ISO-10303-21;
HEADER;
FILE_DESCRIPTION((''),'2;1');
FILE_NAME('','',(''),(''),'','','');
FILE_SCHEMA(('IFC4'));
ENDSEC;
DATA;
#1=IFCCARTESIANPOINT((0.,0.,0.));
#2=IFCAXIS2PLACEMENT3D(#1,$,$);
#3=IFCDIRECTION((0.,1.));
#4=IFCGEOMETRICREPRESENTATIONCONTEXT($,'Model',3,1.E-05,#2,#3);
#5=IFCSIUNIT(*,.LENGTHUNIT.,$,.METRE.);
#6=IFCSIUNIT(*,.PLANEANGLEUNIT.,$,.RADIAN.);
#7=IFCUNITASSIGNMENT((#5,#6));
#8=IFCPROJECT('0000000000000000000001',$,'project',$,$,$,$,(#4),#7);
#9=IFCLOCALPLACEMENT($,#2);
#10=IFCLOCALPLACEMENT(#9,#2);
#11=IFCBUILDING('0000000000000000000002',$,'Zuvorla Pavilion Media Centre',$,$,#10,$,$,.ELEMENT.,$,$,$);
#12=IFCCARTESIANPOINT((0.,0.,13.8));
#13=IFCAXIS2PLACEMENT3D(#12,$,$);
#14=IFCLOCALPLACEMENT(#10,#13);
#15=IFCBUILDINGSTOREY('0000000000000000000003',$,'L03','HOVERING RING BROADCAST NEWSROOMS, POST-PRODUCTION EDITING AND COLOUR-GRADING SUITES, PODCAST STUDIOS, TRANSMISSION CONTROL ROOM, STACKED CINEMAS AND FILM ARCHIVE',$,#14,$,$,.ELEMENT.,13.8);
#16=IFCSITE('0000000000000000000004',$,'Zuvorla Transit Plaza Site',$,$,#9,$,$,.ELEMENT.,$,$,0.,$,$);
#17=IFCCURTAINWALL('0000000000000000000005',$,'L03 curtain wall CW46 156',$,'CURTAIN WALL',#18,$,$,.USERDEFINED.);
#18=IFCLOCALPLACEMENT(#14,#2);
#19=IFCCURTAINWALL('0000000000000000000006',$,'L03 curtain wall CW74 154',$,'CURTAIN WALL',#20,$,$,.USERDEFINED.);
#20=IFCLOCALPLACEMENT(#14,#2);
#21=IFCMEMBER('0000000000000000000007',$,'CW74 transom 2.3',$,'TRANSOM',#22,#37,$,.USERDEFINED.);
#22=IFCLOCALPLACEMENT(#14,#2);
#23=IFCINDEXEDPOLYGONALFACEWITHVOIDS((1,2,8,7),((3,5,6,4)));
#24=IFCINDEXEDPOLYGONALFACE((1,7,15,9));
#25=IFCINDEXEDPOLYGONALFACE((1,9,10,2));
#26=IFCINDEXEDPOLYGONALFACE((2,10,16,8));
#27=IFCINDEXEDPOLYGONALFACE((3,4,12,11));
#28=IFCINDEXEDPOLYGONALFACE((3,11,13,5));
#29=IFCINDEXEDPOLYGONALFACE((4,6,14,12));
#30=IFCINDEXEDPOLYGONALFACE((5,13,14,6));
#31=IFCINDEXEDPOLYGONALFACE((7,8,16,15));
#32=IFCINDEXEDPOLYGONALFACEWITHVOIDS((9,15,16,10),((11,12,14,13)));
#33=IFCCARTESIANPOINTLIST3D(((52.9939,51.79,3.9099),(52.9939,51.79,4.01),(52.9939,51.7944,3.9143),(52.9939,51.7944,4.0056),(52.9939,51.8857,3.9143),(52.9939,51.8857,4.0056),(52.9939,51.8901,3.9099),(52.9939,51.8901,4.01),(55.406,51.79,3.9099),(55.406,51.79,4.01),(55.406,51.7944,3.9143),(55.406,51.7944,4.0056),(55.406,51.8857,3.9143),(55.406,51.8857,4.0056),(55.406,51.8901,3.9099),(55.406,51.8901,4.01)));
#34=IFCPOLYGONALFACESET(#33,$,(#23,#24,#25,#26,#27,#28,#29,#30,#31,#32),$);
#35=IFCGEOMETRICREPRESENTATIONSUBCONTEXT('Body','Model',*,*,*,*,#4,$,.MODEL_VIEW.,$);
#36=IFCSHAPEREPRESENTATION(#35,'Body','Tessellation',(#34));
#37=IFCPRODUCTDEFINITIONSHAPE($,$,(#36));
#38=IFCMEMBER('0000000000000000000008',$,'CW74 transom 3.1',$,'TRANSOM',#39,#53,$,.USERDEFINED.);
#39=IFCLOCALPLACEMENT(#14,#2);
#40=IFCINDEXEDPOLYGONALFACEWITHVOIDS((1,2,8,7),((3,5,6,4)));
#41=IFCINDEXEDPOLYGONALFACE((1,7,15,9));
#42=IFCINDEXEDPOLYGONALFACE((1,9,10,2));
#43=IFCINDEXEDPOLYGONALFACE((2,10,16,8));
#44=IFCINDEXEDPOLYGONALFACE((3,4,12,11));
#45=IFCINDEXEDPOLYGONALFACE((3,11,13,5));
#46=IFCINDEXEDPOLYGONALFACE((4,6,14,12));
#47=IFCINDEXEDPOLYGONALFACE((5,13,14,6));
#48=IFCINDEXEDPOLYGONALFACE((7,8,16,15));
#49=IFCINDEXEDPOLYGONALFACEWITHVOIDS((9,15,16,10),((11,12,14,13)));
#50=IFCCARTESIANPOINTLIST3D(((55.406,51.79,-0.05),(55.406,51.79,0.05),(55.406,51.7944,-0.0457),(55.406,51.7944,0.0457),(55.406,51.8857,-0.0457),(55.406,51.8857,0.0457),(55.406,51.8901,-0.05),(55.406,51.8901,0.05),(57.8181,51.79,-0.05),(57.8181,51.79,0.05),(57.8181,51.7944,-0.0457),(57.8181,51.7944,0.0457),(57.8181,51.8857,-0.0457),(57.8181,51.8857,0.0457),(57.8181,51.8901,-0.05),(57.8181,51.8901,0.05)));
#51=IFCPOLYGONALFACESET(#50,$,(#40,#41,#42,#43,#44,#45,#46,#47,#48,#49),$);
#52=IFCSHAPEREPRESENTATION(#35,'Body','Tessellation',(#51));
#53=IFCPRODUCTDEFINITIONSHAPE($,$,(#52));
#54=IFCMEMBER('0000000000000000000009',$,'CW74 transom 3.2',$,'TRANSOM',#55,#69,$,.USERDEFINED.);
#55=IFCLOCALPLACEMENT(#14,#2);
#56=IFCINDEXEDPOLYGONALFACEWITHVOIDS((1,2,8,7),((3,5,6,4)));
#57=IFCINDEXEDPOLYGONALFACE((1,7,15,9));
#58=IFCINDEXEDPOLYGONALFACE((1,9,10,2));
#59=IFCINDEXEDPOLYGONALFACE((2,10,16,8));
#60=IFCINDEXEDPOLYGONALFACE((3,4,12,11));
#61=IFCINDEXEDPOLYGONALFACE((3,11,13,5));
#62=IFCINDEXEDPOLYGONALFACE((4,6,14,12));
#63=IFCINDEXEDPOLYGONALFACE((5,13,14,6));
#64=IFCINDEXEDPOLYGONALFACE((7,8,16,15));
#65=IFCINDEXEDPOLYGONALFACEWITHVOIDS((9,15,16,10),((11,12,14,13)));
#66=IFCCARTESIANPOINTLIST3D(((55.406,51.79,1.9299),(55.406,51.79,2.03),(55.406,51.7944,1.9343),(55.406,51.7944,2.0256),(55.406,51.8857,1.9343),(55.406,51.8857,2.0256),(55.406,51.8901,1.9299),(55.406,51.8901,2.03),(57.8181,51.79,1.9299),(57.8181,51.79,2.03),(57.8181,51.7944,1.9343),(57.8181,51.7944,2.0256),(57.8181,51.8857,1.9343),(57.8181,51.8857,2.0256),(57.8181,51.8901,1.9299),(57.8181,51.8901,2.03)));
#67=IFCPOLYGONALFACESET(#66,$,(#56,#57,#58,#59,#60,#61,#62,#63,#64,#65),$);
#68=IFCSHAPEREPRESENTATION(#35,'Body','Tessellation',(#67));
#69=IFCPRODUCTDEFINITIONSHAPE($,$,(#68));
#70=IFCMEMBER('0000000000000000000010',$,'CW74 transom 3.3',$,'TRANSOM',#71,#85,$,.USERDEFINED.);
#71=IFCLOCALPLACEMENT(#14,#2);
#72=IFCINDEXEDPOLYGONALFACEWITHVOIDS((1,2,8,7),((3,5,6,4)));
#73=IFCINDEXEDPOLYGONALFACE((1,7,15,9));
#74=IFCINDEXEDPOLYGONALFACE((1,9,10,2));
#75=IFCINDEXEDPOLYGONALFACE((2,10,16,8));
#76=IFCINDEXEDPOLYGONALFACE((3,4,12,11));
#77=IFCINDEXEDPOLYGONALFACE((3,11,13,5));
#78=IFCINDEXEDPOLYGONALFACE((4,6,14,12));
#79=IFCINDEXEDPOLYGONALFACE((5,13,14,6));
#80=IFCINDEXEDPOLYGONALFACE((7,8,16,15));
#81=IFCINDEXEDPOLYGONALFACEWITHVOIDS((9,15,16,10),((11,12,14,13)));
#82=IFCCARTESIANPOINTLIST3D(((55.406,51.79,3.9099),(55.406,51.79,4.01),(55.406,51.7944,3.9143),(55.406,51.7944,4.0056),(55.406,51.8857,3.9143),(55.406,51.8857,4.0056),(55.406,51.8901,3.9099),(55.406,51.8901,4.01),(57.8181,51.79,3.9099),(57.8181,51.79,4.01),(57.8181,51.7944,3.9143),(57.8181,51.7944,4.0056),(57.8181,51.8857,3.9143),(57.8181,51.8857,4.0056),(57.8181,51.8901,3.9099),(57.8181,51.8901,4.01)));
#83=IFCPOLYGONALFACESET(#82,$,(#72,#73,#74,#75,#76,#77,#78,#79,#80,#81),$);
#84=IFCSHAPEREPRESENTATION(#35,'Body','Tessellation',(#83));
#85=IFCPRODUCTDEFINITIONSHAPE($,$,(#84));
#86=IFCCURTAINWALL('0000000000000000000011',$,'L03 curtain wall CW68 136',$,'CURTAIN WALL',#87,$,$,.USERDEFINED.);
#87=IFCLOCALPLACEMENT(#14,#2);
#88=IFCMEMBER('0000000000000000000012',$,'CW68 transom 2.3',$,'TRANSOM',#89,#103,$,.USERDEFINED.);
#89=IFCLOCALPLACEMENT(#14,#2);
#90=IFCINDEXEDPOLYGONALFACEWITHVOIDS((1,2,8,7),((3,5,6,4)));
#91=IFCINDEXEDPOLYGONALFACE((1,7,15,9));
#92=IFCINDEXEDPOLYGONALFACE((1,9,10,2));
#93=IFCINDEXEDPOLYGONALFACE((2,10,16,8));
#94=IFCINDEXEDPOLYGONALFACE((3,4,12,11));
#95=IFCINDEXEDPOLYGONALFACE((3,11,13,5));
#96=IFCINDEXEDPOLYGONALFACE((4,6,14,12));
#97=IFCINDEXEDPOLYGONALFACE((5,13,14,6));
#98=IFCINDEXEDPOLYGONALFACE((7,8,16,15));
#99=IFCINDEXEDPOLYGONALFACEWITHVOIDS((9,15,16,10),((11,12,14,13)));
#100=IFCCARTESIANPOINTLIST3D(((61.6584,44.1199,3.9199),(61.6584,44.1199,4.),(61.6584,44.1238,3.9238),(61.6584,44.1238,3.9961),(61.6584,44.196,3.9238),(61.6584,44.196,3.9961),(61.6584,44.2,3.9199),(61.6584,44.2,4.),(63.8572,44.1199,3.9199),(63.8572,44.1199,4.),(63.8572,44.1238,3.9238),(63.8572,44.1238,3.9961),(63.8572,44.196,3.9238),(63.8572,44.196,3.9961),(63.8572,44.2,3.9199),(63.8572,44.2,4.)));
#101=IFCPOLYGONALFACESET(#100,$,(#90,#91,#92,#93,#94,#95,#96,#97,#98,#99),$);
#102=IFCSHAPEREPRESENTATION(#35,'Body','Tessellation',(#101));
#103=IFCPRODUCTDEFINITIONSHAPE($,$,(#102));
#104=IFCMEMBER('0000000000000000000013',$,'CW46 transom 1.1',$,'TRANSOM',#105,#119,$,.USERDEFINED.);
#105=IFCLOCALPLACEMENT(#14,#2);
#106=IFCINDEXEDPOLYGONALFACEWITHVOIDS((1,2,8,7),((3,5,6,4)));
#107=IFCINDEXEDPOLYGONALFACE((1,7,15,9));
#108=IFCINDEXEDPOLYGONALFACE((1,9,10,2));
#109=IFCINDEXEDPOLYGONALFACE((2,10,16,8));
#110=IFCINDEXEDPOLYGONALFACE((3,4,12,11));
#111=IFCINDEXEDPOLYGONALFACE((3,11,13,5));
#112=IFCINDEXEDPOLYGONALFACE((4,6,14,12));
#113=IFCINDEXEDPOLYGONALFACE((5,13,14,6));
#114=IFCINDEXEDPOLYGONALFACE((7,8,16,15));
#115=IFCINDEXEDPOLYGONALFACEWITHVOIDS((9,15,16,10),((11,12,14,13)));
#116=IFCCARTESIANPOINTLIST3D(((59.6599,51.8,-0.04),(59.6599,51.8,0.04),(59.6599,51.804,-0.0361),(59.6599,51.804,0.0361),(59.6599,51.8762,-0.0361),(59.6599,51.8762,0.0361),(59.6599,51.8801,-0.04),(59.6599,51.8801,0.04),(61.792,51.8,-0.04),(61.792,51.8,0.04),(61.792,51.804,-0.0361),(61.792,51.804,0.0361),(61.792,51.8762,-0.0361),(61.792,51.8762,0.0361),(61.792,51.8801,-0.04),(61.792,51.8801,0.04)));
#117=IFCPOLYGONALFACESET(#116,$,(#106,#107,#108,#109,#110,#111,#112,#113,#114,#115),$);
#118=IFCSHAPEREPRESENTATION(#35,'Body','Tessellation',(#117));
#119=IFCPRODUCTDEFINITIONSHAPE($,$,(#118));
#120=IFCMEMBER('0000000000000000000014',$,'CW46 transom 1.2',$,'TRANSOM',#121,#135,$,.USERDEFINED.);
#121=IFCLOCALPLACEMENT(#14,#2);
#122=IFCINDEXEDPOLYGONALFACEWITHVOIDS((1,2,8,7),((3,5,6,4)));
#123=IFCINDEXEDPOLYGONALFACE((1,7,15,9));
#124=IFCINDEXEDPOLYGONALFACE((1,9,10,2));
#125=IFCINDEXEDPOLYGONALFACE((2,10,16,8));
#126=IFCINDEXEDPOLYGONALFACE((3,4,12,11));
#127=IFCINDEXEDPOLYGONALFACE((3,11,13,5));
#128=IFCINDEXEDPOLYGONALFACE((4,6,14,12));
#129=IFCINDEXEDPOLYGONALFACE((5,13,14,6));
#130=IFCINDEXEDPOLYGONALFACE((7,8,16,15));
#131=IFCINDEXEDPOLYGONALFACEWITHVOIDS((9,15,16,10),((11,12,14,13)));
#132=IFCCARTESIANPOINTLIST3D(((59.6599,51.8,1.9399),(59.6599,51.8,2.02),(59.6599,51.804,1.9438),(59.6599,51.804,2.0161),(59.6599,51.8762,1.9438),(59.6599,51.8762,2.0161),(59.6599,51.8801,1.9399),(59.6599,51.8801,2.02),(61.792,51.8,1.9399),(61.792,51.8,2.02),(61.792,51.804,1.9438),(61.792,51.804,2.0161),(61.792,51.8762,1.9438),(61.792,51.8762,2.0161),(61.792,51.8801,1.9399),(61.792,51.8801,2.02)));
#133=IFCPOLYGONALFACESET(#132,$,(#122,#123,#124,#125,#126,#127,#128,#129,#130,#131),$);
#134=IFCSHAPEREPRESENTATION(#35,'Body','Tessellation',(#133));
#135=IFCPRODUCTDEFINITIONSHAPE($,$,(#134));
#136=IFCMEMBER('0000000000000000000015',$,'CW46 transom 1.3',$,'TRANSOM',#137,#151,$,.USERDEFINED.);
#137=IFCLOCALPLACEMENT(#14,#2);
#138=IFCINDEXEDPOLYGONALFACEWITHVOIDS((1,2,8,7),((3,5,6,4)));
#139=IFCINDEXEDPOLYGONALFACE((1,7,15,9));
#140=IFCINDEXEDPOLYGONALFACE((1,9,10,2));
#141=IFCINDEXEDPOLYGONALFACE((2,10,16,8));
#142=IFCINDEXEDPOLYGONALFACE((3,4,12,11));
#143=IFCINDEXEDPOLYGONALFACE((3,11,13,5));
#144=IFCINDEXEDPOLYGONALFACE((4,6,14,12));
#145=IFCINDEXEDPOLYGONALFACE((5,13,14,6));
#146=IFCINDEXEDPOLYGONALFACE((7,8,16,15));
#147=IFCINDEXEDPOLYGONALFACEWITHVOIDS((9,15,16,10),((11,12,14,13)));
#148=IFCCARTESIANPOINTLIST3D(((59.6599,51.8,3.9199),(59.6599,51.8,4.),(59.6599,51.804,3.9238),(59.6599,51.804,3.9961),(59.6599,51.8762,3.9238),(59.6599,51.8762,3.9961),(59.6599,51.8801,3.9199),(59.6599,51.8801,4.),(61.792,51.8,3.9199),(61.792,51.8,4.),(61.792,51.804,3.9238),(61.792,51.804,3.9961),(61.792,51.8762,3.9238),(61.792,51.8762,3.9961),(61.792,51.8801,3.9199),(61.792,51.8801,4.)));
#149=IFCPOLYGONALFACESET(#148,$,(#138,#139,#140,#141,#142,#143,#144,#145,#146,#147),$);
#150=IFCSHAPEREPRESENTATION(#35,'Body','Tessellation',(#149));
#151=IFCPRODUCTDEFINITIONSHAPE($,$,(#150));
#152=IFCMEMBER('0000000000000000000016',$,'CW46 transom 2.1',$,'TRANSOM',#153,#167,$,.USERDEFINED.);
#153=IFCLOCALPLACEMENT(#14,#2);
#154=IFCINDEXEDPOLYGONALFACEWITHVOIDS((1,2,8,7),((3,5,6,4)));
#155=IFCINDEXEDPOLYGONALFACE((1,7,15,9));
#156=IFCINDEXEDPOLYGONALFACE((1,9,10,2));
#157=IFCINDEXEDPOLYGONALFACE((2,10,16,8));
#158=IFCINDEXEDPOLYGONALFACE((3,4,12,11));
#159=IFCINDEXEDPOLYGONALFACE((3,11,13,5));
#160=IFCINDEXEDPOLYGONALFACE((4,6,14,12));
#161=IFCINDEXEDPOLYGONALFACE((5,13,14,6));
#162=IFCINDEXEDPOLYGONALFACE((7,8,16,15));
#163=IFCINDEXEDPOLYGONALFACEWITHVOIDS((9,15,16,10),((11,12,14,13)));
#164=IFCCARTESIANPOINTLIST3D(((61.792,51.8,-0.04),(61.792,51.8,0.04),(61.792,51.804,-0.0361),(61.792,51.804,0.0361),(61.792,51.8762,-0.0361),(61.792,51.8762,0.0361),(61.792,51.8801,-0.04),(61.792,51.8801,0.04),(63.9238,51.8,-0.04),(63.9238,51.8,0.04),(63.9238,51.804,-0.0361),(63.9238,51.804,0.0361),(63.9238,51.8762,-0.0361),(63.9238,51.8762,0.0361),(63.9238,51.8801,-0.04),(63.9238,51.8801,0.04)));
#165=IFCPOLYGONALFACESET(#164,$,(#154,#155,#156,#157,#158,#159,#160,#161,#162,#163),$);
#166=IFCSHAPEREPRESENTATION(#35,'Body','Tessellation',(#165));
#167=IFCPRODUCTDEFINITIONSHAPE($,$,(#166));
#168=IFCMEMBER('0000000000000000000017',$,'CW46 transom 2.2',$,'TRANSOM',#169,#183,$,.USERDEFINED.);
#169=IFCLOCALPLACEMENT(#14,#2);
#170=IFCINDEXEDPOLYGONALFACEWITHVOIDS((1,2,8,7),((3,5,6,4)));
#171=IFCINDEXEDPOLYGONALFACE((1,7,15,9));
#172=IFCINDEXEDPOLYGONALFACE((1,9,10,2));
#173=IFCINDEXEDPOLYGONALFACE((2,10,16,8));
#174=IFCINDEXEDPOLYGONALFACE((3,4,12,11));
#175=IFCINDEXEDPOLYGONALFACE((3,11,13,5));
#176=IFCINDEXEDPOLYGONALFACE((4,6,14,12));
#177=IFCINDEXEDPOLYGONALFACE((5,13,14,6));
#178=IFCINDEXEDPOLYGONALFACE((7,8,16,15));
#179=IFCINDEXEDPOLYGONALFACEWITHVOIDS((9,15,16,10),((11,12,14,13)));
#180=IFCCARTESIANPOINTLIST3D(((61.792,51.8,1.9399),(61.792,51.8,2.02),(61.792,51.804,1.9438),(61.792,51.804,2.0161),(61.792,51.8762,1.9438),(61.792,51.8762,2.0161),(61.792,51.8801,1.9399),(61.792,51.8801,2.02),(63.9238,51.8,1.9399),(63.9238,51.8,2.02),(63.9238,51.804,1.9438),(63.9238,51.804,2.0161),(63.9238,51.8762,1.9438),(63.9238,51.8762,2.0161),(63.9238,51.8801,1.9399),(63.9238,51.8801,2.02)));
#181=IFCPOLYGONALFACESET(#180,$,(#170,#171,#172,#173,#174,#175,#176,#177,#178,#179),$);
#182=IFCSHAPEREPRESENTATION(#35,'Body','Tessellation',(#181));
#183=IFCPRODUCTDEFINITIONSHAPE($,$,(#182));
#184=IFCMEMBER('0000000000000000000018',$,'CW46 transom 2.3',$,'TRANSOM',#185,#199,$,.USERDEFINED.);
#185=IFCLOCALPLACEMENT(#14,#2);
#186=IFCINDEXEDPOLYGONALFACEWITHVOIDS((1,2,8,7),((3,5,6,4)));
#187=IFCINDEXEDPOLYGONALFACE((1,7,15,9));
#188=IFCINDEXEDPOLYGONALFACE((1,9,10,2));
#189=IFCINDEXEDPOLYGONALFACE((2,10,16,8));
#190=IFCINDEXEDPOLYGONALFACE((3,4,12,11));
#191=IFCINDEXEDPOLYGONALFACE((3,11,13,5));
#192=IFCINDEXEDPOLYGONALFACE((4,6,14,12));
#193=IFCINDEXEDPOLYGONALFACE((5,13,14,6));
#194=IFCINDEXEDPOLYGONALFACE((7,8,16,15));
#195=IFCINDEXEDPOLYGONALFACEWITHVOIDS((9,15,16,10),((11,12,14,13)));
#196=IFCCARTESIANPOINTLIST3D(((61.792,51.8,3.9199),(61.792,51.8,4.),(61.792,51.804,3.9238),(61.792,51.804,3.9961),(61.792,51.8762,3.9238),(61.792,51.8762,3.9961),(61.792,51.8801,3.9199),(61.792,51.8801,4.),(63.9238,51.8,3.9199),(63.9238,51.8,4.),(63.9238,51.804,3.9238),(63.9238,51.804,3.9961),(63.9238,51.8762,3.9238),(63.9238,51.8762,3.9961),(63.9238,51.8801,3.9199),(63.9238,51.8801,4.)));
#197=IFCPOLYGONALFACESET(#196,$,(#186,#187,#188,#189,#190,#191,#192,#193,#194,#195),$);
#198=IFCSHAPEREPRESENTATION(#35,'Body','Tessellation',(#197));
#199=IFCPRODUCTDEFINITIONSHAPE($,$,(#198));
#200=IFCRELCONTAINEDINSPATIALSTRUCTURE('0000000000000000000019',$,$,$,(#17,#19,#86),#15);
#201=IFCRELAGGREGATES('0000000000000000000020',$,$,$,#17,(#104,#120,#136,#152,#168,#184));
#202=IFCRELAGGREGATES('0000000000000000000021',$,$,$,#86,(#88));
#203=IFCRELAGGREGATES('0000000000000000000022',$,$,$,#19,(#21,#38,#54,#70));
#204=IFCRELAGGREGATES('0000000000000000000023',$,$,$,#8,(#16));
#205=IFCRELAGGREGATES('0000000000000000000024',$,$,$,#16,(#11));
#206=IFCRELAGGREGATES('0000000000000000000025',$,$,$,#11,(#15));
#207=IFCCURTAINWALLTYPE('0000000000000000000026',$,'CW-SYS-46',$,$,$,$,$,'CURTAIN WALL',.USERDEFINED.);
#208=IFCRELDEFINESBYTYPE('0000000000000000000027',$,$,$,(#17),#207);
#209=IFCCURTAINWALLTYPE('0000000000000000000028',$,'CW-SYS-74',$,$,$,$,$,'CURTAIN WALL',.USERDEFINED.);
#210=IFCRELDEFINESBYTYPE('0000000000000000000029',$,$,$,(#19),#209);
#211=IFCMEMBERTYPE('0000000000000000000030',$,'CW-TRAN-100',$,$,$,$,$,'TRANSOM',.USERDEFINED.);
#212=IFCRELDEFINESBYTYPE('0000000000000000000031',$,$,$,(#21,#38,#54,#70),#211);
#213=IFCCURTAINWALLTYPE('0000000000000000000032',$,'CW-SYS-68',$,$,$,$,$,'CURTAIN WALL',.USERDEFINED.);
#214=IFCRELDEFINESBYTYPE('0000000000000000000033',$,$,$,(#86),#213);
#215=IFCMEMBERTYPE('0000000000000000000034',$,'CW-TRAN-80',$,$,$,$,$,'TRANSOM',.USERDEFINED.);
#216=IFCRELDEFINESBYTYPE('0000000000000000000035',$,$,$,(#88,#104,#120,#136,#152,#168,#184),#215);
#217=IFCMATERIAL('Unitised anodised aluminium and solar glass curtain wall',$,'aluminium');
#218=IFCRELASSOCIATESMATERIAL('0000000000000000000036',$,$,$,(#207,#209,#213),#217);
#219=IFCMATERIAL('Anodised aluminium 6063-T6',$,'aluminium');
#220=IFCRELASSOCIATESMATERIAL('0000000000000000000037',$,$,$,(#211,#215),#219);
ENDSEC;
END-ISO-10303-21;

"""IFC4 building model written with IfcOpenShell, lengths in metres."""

from ifc_helpers import new_model, si_unit, direction, frame, origin, origin_2d, place, context, subcontext, project, spatial, hollow_rectangle, extrude, material, material_profile, profile_set, type_object, element, aggregate, save


model = new_model("IFC4")

# Units and contexts
model_context = context("Model", 3, precision=1e-05, world=origin(), true_north=direction((0.0, 1.0)))
body_context = subcontext(model_context, "Body", "Model", "MODEL_VIEW")
ifc_project = project(units=[si_unit("LENGTHUNIT", "METRE"), si_unit("PLANEANGLEUNIT", "RADIAN")], contexts=[model_context])

# Site, building, storey
site_placement = place(None, origin())
site = spatial("IfcSite", under=ifc_project, at=site_placement, Name="Zuvorla Transit Plaza Site", CompositionType="ELEMENT", RefElevation=0.0)
building_placement = place(site_placement, origin())
building = spatial("IfcBuilding", under=site, at=building_placement, Name="Zuvorla Pavilion Media Centre", CompositionType="ELEMENT")
storey_placement = place(building_placement, frame((0.0, 0.0, 13.8)))
storey = spatial("IfcBuildingStorey", under=building, at=storey_placement, Name="L03", Description="HOVERING RING BROADCAST NEWSROOMS, POST-PRODUCTION EDITING AND COLOUR-GRADING SUITES, PODCAST STUDIOS, TRANSMISSION CONTROL ROOM, STACKED CINEMAS AND FILM ARCHIVE", CompositionType="ELEMENT", Elevation=13.8)

# Curtain walls, members
ifc_material_1 = material(Name="Unitised anodised aluminium and solar glass curtain wall", Category="aluminium")
curtain_wall_type_1 = type_object("IfcCurtainWallType", Name="CW-SYS-46", ElementType="CURTAIN WALL", PredefinedType="USERDEFINED", material=ifc_material_1)
curtain_wall_1_placement = place(storey_placement, origin())
curtain_wall_1 = element("IfcCurtainWall", 1, at=curtain_wall_1_placement, inside=storey, type_object=curtain_wall_type_1, Name="L03 curtain wall CW46 156", ObjectType="CURTAIN WALL", PredefinedType="USERDEFINED")
ifc_material_2 = material(Name="Anodised aluminium 6063-T6", Category="aluminium")
curtain_wall_type_2 = type_object("IfcCurtainWallType", Name="CW-SYS-74", ElementType="CURTAIN WALL", PredefinedType="USERDEFINED", material=ifc_material_1)
curtain_wall_2_placement = place(storey_placement, origin())
curtain_wall_2 = element("IfcCurtainWall", 2, at=curtain_wall_2_placement, inside=storey, type_object=curtain_wall_type_2, Name="L03 curtain wall CW74 154", ObjectType="CURTAIN WALL", PredefinedType="USERDEFINED")
ifc_material_profile_1 = material_profile(ifc_material_2, hollow_rectangle(XDim=0.1001, YDim=0.1001, WallThickness=0.0044, at=origin_2d()), Name="ALU TRAN 100x100")
ifc_profile_set_1 = profile_set([ifc_material_profile_1], Name="Anodised aluminium 6063-T6")
member_type_1 = type_object("IfcMemberType", Name="CW-TRAN-100", ElementType="TRANSOM", PredefinedType="USERDEFINED", material=ifc_profile_set_1)
member_1_placement = place(storey_placement, frame((52.9939, 51.8401, 3.96), z_axis=(1.0, 0.0, 0.0), x_axis=(0.0, 1.0, 0.0)))
member_1 = element("IfcMember", 3, at=member_1_placement, type_object=member_type_1, Name="CW74 transom 2.3", ObjectType="TRANSOM", PredefinedType="USERDEFINED", context=body_context, shape_type="SweptSolid", body=[
    extrude(hollow_rectangle(XDim=0.1001, YDim=0.1001, WallThickness=0.0044, at=origin_2d()), origin(), (0.0, 0.0, 1.0), 2.4121),
])
member_2_placement = place(storey_placement, frame((55.406, 51.8401, 0.0), z_axis=(1.0, 0.0, 0.0), x_axis=(0.0, 1.0, 0.0)))
member_2 = element("IfcMember", 4, at=member_2_placement, type_object=member_type_1, Name="CW74 transom 3.1", ObjectType="TRANSOM", PredefinedType="USERDEFINED", context=body_context, shape_type="SweptSolid", body=[
    extrude(hollow_rectangle(XDim=0.1001, YDim=0.1001, WallThickness=0.0044, at=origin_2d()), origin(), (0.0, 0.0, 1.0), 2.4121),
])
member_3_placement = place(storey_placement, frame((55.406, 51.8401, 1.98), z_axis=(1.0, 0.0, 0.0), x_axis=(0.0, 1.0, 0.0)))
member_3 = element("IfcMember", 5, at=member_3_placement, type_object=member_type_1, Name="CW74 transom 3.2", ObjectType="TRANSOM", PredefinedType="USERDEFINED", context=body_context, shape_type="SweptSolid", body=[
    extrude(hollow_rectangle(XDim=0.1001, YDim=0.1001, WallThickness=0.0044, at=origin_2d()), origin(), (0.0, 0.0, 1.0), 2.4121),
])
member_4_placement = place(storey_placement, frame((55.406, 51.8401, 3.96), z_axis=(1.0, 0.0, 0.0), x_axis=(0.0, 1.0, 0.0)))
member_4 = element("IfcMember", 6, at=member_4_placement, type_object=member_type_1, Name="CW74 transom 3.3", ObjectType="TRANSOM", PredefinedType="USERDEFINED", context=body_context, shape_type="SweptSolid", body=[
    extrude(hollow_rectangle(XDim=0.1001, YDim=0.1001, WallThickness=0.0044, at=origin_2d()), origin(), (0.0, 0.0, 1.0), 2.4121),
])

# Curtain wall, member
curtain_wall_type_3 = type_object("IfcCurtainWallType", Name="CW-SYS-68", ElementType="CURTAIN WALL", PredefinedType="USERDEFINED", material=ifc_material_1)
curtain_wall_3_placement = place(storey_placement, origin())
curtain_wall_3 = element("IfcCurtainWall", 7, at=curtain_wall_3_placement, inside=storey, type_object=curtain_wall_type_3, Name="L03 curtain wall CW68 136", ObjectType="CURTAIN WALL", PredefinedType="USERDEFINED")
ifc_material_profile_2 = material_profile(ifc_material_2, hollow_rectangle(XDim=0.0801, YDim=0.0801, WallThickness=0.0039, at=origin_2d()), Name="ALU TRAN 80x80")
ifc_profile_set_2 = profile_set([ifc_material_profile_2], Name="Anodised aluminium 6063-T6")
member_type_2 = type_object("IfcMemberType", Name="CW-TRAN-80", ElementType="TRANSOM", PredefinedType="USERDEFINED", material=ifc_profile_set_2)
member_5_placement = place(storey_placement, frame((61.6584, 44.1599, 3.96), z_axis=(1.0, 0.0, 0.0), x_axis=(0.0, 1.0, 0.0)))
member_5 = element("IfcMember", 8, at=member_5_placement, type_object=member_type_2, Name="CW68 transom 2.3", ObjectType="TRANSOM", PredefinedType="USERDEFINED", context=body_context, shape_type="SweptSolid", body=[
    extrude(hollow_rectangle(XDim=0.0801, YDim=0.0801, WallThickness=0.0039, at=origin_2d()), origin(), (0.0, 0.0, 1.0), 2.1987),
])

# Members
member_6_placement = place(storey_placement, frame((59.6599, 51.8401, 0.0), z_axis=(1.0, 0.0, 0.0), x_axis=(0.0, 1.0, 0.0)))
member_6 = element("IfcMember", 9, at=member_6_placement, type_object=member_type_2, Name="CW46 transom 1.1", ObjectType="TRANSOM", PredefinedType="USERDEFINED", context=body_context, shape_type="SweptSolid", body=[
    extrude(hollow_rectangle(XDim=0.0801, YDim=0.0801, WallThickness=0.0039, at=origin_2d()), origin(), (0.0, 0.0, 1.0), 2.1321),
])
member_7_placement = place(storey_placement, frame((59.6599, 51.8401, 1.98), z_axis=(1.0, 0.0, 0.0), x_axis=(0.0, 1.0, 0.0)))
member_7 = element("IfcMember", 10, at=member_7_placement, type_object=member_type_2, Name="CW46 transom 1.2", ObjectType="TRANSOM", PredefinedType="USERDEFINED", context=body_context, shape_type="SweptSolid", body=[
    extrude(hollow_rectangle(XDim=0.0801, YDim=0.0801, WallThickness=0.0039, at=origin_2d()), origin(), (0.0, 0.0, 1.0), 2.1321),
])
member_8_placement = place(storey_placement, frame((59.6599, 51.8401, 3.96), z_axis=(1.0, 0.0, 0.0), x_axis=(0.0, 1.0, 0.0)))
member_8 = element("IfcMember", 11, at=member_8_placement, type_object=member_type_2, Name="CW46 transom 1.3", ObjectType="TRANSOM", PredefinedType="USERDEFINED", context=body_context, shape_type="SweptSolid", body=[
    extrude(hollow_rectangle(XDim=0.0801, YDim=0.0801, WallThickness=0.0039, at=origin_2d()), origin(), (0.0, 0.0, 1.0), 2.1321),
])
member_9_placement = place(storey_placement, frame((61.792, 51.8401, 0.0), z_axis=(1.0, 0.0, 0.0), x_axis=(0.0, 1.0, 0.0)))
member_9 = element("IfcMember", 12, at=member_9_placement, type_object=member_type_2, Name="CW46 transom 2.1", ObjectType="TRANSOM", PredefinedType="USERDEFINED", context=body_context, shape_type="SweptSolid", body=[
    extrude(hollow_rectangle(XDim=0.0801, YDim=0.0801, WallThickness=0.0039, at=origin_2d()), origin(), (0.0, 0.0, 1.0), 2.1318),
])
member_10_placement = place(storey_placement, frame((61.792, 51.8401, 1.98), z_axis=(1.0, 0.0, 0.0), x_axis=(0.0, 1.0, 0.0)))
member_10 = element("IfcMember", 13, at=member_10_placement, type_object=member_type_2, Name="CW46 transom 2.2", ObjectType="TRANSOM", PredefinedType="USERDEFINED", context=body_context, shape_type="SweptSolid", body=[
    extrude(hollow_rectangle(XDim=0.0801, YDim=0.0801, WallThickness=0.0039, at=origin_2d()), origin(), (0.0, 0.0, 1.0), 2.1318),
])
member_11_placement = place(storey_placement, frame((61.792, 51.8401, 3.96), z_axis=(1.0, 0.0, 0.0), x_axis=(0.0, 1.0, 0.0)))
member_11 = element("IfcMember", 14, at=member_11_placement, type_object=member_type_2, Name="CW46 transom 2.3", ObjectType="TRANSOM", PredefinedType="USERDEFINED", context=body_context, shape_type="SweptSolid", body=[
    extrude(hollow_rectangle(XDim=0.0801, YDim=0.0801, WallThickness=0.0039, at=origin_2d()), origin(), (0.0, 0.0, 1.0), 2.1318),
])

aggregate(curtain_wall_1, [member_6, member_7, member_8, member_9, member_10, member_11])
aggregate(curtain_wall_3, [member_5])
aggregate(curtain_wall_2, [member_1, member_2, member_3, member_4])

save(model, "model.ifc")
